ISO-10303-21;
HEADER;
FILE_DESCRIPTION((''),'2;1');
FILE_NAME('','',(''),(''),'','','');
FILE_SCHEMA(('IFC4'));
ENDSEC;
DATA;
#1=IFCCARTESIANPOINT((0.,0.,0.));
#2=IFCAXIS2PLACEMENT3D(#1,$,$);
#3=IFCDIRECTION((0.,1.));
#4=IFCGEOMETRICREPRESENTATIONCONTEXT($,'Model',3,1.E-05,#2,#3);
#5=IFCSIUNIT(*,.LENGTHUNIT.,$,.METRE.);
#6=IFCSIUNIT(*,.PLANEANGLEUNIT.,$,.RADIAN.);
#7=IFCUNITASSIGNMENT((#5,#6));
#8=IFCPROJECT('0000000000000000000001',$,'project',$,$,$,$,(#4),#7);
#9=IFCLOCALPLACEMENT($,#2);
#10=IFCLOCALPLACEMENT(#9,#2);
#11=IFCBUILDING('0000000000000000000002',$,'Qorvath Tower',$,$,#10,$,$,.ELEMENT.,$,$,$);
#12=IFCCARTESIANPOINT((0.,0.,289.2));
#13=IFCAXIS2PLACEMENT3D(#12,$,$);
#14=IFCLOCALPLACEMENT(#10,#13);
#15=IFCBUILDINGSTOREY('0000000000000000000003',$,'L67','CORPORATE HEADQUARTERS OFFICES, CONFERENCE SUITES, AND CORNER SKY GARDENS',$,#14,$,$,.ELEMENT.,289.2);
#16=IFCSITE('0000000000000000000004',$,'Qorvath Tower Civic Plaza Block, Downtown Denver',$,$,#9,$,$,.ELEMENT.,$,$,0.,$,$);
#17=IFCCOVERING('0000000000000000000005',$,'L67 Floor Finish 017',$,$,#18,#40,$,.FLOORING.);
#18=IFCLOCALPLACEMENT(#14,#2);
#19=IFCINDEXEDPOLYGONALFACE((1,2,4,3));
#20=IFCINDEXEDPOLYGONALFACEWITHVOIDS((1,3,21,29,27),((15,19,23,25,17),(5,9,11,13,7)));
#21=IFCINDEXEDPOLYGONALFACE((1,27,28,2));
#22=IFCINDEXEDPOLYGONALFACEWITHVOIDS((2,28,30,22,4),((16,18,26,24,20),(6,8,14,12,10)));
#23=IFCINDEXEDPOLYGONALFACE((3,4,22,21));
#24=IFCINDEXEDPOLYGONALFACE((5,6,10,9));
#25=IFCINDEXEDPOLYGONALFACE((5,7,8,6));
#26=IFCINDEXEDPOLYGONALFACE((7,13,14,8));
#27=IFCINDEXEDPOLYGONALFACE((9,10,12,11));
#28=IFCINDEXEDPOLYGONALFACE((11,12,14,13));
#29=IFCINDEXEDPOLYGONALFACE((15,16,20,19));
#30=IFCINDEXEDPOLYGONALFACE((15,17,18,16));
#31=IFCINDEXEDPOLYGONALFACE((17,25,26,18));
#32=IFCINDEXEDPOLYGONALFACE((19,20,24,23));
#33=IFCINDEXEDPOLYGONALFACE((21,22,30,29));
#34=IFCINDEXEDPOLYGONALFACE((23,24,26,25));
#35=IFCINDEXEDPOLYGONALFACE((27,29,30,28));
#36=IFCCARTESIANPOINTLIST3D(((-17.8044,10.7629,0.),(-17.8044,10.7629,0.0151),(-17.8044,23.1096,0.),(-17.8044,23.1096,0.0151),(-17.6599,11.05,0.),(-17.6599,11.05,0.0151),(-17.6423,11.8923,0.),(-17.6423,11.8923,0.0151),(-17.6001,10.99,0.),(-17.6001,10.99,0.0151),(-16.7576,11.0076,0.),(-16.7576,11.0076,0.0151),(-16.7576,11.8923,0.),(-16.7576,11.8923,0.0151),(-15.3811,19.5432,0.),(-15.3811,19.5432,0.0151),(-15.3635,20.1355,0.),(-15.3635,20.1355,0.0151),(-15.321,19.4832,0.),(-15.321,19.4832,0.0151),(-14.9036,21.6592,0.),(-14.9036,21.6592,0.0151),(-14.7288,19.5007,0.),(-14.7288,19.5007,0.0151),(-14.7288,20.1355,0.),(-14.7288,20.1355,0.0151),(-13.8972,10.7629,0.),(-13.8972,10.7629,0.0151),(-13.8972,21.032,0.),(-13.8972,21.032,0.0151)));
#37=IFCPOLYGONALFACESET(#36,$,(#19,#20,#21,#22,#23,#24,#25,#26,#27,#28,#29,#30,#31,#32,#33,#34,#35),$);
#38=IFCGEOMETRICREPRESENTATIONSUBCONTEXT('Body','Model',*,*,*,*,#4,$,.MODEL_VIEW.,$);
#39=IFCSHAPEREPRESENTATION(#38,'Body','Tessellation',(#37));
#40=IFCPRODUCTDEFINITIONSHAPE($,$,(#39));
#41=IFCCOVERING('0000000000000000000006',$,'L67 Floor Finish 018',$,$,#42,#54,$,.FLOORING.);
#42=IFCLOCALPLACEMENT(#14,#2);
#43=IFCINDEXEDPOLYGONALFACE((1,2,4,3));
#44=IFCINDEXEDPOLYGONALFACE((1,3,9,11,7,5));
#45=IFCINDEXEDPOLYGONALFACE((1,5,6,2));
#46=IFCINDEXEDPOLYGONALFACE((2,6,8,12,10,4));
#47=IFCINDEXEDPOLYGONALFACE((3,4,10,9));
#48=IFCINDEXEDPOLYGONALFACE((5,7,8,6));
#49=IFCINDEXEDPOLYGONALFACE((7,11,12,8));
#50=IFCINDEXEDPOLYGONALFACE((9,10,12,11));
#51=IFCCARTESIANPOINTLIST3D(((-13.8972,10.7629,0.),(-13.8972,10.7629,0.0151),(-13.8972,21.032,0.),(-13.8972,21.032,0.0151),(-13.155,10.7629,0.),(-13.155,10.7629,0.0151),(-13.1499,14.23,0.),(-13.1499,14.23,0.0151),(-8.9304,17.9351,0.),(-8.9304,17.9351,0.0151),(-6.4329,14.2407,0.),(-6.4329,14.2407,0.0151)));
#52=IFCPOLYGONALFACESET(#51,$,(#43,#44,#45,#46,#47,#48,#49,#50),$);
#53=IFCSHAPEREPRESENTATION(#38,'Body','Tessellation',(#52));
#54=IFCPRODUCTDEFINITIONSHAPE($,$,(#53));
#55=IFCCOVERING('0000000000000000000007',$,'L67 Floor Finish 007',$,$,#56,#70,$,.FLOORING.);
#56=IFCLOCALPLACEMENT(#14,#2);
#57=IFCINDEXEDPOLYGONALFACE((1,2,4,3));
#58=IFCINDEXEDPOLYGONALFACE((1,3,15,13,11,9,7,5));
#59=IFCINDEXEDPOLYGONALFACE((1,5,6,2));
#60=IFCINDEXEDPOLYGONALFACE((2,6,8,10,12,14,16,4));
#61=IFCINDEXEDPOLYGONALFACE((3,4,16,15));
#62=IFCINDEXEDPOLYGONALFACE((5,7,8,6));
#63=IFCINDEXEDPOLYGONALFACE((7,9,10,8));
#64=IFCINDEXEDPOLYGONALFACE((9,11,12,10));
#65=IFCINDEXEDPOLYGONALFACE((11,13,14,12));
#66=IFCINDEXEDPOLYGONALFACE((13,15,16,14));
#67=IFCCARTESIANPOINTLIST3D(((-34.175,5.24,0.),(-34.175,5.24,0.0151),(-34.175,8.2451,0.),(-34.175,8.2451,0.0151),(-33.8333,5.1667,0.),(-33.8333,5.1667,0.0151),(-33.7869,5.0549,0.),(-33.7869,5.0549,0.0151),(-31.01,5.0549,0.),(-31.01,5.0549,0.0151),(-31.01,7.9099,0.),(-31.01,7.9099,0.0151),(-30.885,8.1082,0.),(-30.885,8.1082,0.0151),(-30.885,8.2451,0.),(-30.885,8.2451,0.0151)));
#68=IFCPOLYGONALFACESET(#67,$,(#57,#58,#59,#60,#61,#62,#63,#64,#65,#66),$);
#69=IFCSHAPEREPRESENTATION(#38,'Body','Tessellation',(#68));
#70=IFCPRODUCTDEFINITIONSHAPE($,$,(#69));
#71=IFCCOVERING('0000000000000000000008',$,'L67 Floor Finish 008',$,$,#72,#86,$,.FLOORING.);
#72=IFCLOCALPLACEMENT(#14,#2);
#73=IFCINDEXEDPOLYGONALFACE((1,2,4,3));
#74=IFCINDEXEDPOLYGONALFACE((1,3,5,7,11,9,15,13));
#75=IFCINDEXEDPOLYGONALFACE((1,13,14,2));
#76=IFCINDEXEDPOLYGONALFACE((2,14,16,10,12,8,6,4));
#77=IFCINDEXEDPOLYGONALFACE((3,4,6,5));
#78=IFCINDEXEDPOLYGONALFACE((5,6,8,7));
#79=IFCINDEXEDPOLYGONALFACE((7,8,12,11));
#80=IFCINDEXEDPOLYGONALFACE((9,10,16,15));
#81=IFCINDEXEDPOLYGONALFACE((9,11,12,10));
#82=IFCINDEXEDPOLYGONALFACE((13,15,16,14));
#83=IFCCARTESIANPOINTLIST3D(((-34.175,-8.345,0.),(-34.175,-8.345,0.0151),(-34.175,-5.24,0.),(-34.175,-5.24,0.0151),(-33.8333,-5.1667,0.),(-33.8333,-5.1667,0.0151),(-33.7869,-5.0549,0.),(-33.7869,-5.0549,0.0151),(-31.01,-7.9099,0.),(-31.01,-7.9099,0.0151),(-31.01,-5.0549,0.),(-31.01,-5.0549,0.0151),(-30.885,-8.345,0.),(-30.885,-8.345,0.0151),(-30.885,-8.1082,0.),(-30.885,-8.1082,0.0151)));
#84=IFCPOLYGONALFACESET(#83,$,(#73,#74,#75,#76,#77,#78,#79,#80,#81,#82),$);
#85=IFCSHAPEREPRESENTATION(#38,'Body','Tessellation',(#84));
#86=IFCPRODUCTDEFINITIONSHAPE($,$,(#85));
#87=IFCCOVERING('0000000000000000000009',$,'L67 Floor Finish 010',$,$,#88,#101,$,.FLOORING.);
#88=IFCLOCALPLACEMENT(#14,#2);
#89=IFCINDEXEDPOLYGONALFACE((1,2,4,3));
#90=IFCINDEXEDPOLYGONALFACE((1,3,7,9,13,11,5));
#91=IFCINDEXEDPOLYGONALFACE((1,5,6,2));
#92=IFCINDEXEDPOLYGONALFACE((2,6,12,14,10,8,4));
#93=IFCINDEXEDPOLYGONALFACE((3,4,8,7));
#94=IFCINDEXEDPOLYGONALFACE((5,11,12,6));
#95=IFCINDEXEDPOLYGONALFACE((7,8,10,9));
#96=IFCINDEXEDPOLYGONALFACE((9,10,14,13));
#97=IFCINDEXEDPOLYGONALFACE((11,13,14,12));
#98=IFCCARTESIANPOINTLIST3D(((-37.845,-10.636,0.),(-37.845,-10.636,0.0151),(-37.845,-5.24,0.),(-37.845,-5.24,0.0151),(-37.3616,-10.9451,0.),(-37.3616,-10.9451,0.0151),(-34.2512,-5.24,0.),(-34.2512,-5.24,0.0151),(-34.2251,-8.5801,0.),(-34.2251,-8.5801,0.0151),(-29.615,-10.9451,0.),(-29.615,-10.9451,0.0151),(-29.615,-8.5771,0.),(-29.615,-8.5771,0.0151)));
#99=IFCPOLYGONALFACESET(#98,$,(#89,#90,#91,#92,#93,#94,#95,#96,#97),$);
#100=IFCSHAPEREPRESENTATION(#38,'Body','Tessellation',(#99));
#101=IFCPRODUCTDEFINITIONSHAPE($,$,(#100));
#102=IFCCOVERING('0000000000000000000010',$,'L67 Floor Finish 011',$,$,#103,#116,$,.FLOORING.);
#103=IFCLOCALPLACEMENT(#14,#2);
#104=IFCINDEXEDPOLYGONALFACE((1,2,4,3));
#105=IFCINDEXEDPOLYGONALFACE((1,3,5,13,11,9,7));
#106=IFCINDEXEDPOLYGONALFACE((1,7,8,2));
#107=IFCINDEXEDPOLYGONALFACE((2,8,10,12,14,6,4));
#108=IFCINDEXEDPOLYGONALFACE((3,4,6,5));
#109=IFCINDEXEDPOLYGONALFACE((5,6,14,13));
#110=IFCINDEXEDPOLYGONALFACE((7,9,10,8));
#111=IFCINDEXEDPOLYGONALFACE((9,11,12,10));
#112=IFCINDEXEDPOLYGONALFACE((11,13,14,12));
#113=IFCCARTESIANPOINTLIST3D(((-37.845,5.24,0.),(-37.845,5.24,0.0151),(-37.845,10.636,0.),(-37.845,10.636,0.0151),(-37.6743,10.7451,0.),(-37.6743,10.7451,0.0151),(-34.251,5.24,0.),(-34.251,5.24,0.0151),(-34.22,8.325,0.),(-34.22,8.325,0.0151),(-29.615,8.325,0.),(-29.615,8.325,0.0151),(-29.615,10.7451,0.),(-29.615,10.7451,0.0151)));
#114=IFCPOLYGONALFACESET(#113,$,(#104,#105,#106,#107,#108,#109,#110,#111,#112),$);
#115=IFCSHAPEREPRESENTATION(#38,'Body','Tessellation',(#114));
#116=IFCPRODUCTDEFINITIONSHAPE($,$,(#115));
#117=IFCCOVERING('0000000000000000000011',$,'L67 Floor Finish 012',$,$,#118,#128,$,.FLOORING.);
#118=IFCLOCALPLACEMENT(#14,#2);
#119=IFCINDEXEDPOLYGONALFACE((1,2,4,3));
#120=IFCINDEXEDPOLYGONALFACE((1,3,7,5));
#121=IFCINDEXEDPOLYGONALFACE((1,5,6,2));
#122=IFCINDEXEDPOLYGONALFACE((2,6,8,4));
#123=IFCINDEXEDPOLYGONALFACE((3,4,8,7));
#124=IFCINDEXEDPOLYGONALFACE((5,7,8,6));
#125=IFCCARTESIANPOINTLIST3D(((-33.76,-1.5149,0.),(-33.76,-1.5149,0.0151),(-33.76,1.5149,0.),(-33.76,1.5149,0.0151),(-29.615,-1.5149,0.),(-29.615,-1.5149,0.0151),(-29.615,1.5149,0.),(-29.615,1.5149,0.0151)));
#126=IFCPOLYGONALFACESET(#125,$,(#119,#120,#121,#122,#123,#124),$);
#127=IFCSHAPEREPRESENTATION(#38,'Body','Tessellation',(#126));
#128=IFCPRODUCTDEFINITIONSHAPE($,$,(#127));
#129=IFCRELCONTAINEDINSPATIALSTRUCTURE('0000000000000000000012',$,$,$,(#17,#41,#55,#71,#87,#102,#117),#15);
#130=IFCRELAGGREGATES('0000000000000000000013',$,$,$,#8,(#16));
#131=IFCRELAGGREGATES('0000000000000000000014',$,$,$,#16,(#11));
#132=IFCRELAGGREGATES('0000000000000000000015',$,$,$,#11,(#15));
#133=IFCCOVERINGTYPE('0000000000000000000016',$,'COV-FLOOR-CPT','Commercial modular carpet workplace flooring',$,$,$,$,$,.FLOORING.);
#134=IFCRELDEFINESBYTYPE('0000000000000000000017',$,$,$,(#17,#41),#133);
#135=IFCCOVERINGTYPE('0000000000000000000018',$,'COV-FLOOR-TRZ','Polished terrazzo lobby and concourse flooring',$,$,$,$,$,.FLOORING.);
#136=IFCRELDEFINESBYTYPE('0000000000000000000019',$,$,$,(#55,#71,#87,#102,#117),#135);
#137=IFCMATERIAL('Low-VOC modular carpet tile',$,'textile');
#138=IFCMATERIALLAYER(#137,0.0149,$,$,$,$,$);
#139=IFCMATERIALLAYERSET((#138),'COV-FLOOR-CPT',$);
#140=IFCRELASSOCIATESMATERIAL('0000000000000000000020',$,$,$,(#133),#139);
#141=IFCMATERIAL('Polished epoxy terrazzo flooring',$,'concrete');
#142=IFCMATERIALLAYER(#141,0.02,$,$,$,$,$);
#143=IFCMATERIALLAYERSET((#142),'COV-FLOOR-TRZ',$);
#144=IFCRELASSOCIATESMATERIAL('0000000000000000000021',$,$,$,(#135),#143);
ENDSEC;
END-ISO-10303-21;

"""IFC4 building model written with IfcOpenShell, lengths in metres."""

from ifc_helpers import new_model, si_unit, direction, frame, origin, place, context, subcontext, project, spatial, polyline, outline, extrude, material, layer, layer_set, type_object, element, save


model = new_model("IFC4")

# Units and contexts
model_context = context("Model", 3, precision=1e-05, world=origin(), true_north=direction((0.0, 1.0)))
body_context = subcontext(model_context, "Body", "Model", "MODEL_VIEW")
ifc_project = project(units=[si_unit("LENGTHUNIT", "METRE"), si_unit("PLANEANGLEUNIT", "RADIAN")], contexts=[model_context])

# Site, building, storey
site_placement = place(None, origin())
site = spatial("IfcSite", under=ifc_project, at=site_placement, Name="Qorvath Tower Civic Plaza Block, Downtown Denver", CompositionType="ELEMENT", RefElevation=0.0)
building_placement = place(site_placement, origin())
building = spatial("IfcBuilding", under=site, at=building_placement, Name="Qorvath Tower", CompositionType="ELEMENT")
storey_placement = place(building_placement, frame((0.0, 0.0, 289.2)))
storey = spatial("IfcBuildingStorey", under=building, at=storey_placement, Name="L67", Description="CORPORATE HEADQUARTERS OFFICES, CONFERENCE SUITES, AND CORNER SKY GARDENS", CompositionType="ELEMENT", Elevation=289.2)

# Coverings
ifc_material_1 = material(Name="Low-VOC modular carpet tile", Category="textile")
ifc_layer_1 = layer(ifc_material_1, 0.0149)
ifc_layer_set_1 = layer_set([ifc_layer_1], Name="COV-FLOOR-CPT")
covering_type_1 = type_object("IfcCoveringType", Name="COV-FLOOR-CPT", Description="Commercial modular carpet workplace flooring", PredefinedType="FLOORING", material=ifc_layer_set_1)
covering_1_placement = place(storey_placement, origin())
element("IfcCovering", 1, at=covering_1_placement, inside=storey, type_object=covering_type_1, Name="L67 Floor Finish 017", PredefinedType="FLOORING", context=body_context, shape_type="SweptSolid", body=[
    extrude(outline(polyline([(-13.8972, 10.7629), (-13.8972, 21.032), (-14.9036, 21.6592), (-17.8044, 23.1096), (-17.8044, 10.7629), (-13.8972, 10.7629)]), holes=[polyline([(-15.3811, 19.5432), (-15.3635, 20.1355), (-14.7288, 20.1355), (-14.7288, 19.5007), (-15.321, 19.4832), (-15.3811, 19.5432)]), polyline([(-17.6599, 11.05), (-17.6423, 11.8923), (-16.7576, 11.8923), (-16.7576, 11.0076), (-17.6001, 10.99), (-17.6599, 11.05)])]), origin(), (0.0, 0.0, 1.0), 0.0151),
])
covering_2_placement = place(storey_placement, origin())
element("IfcCovering", 2, at=covering_2_placement, inside=storey, type_object=covering_type_1, Name="L67 Floor Finish 018", PredefinedType="FLOORING", context=body_context, shape_type="SweptSolid", body=[
    extrude(outline(polyline([(-6.4329, 14.2407), (-8.9304, 17.9351), (-13.8972, 21.032), (-13.8972, 10.7629), (-13.155, 10.7629), (-13.1499, 14.23), (-6.4329, 14.2407)])), origin(), (0.0, 0.0, 1.0), 0.0151),
])
ifc_material_2 = material(Name="Polished epoxy terrazzo flooring", Category="concrete")
ifc_layer_2 = layer(ifc_material_2, 0.02)
ifc_layer_set_2 = layer_set([ifc_layer_2], Name="COV-FLOOR-TRZ")
covering_type_2 = type_object("IfcCoveringType", Name="COV-FLOOR-TRZ", Description="Polished terrazzo lobby and concourse flooring", PredefinedType="FLOORING", material=ifc_layer_set_2)
covering_3_placement = place(storey_placement, origin())
element("IfcCovering", 3, at=covering_3_placement, inside=storey, type_object=covering_type_2, Name="L67 Floor Finish 007", PredefinedType="FLOORING", context=body_context, shape_type="SweptSolid", body=[
    extrude(outline(polyline([(-31.01, 5.0549), (-31.01, 7.9099), (-30.885, 8.1082), (-30.885, 8.2451), (-34.175, 8.2451), (-34.175, 5.24), (-33.8333, 5.1667), (-33.7869, 5.0549), (-31.01, 5.0549)])), origin(), (0.0, 0.0, 1.0), 0.0151),
])
covering_4_placement = place(storey_placement, origin())
element("IfcCovering", 4, at=covering_4_placement, inside=storey, type_object=covering_type_2, Name="L67 Floor Finish 008", PredefinedType="FLOORING", context=body_context, shape_type="SweptSolid", body=[
    extrude(outline(polyline([(-30.885, -8.1082), (-31.01, -7.9099), (-31.01, -5.0549), (-33.7869, -5.0549), (-33.8333, -5.1667), (-34.175, -5.24), (-34.175, -8.345), (-30.885, -8.345), (-30.885, -8.1082)])), origin(), (0.0, 0.0, 1.0), 0.0151),
])
covering_5_placement = place(storey_placement, origin())
element("IfcCovering", 5, at=covering_5_placement, inside=storey, type_object=covering_type_2, Name="L67 Floor Finish 010", PredefinedType="FLOORING", context=body_context, shape_type="SweptSolid", body=[
    extrude(outline(polyline([(-34.2251, -8.5801), (-34.2512, -5.24), (-37.845, -5.24), (-37.845, -10.636), (-37.3616, -10.9451), (-29.615, -10.9451), (-29.615, -8.5771), (-34.2251, -8.5801)])), origin(), (0.0, 0.0, 1.0), 0.0151),
])
covering_6_placement = place(storey_placement, origin())
element("IfcCovering", 6, at=covering_6_placement, inside=storey, type_object=covering_type_2, Name="L67 Floor Finish 011", PredefinedType="FLOORING", context=body_context, shape_type="SweptSolid", body=[
    extrude(outline(polyline([(-29.615, 8.325), (-29.615, 10.7451), (-37.6743, 10.7451), (-37.845, 10.636), (-37.845, 5.24), (-34.251, 5.24), (-34.22, 8.325), (-29.615, 8.325)])), origin(), (0.0, 0.0, 1.0), 0.0151),
])
covering_7_placement = place(storey_placement, origin())
element("IfcCovering", 7, at=covering_7_placement, inside=storey, type_object=covering_type_2, Name="L67 Floor Finish 012", PredefinedType="FLOORING", context=body_context, shape_type="SweptSolid", body=[
    extrude(outline(polyline([(-29.615, -1.5149), (-29.615, 1.5149), (-33.76, 1.5149), (-33.76, -1.5149), (-29.615, -1.5149)])), origin(), (0.0, 0.0, 1.0), 0.0151),
])

save(model, "model.ifc")
